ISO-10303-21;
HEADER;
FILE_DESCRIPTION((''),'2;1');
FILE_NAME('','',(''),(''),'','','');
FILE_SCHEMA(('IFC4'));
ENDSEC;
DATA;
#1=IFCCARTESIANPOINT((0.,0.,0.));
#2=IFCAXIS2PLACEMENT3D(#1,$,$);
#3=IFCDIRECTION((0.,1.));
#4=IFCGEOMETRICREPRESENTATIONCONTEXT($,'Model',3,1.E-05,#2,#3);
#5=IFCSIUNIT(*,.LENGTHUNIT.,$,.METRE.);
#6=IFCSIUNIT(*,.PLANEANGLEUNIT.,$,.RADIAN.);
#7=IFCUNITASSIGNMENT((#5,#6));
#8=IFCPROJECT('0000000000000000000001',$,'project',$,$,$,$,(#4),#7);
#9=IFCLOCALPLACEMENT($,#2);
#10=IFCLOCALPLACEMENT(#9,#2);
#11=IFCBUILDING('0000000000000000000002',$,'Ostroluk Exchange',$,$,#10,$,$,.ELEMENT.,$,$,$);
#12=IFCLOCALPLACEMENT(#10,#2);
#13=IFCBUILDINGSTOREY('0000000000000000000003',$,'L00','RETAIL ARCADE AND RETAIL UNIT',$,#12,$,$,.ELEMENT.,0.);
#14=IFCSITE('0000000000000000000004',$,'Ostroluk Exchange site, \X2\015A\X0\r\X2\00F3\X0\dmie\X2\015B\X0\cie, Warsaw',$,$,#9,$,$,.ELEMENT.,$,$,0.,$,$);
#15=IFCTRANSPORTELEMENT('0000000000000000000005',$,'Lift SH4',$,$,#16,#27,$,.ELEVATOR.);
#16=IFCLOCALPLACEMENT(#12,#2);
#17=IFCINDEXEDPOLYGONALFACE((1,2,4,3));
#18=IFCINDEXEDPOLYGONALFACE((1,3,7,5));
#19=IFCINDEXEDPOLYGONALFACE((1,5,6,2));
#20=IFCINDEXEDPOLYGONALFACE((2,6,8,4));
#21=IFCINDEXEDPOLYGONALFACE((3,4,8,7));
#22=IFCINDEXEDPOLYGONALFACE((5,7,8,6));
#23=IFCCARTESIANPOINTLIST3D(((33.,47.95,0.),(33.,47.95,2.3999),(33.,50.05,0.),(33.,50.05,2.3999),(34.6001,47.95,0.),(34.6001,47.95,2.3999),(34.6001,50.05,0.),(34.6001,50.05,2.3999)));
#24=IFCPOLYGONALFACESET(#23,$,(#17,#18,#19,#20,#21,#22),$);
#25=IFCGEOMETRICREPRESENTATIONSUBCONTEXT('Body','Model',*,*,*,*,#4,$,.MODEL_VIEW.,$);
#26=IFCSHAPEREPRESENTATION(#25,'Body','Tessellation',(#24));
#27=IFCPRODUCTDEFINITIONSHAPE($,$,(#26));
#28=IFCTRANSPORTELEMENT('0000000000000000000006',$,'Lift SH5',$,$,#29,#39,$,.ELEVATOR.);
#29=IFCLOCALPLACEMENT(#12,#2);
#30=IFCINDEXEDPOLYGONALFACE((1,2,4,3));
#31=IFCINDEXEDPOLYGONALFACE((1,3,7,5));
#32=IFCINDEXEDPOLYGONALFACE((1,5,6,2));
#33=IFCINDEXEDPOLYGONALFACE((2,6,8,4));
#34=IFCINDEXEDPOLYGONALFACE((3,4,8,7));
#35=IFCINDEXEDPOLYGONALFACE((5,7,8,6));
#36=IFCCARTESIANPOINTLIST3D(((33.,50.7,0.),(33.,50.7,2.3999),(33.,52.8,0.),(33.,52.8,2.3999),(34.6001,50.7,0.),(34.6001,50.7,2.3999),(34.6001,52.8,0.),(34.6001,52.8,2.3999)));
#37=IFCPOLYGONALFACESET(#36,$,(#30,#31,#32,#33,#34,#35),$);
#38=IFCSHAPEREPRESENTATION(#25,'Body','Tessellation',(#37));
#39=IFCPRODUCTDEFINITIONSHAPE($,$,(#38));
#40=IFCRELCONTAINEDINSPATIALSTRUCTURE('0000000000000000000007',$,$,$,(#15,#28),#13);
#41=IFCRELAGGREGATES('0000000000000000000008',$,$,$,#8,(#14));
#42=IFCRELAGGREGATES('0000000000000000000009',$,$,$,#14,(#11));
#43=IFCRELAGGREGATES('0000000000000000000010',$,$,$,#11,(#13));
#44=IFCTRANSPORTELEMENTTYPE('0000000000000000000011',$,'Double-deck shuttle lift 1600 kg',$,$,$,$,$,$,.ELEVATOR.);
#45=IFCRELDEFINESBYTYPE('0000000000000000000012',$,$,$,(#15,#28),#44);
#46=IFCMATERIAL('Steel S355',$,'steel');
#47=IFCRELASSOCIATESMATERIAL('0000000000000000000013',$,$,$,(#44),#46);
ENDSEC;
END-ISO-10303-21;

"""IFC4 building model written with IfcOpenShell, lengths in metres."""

from ifc_helpers import new_model, si_unit, direction, frame, origin, origin_2d, place, context, subcontext, project, spatial, rectangle, extrude, material, type_object, element, save


model = new_model("IFC4")

# Units and contexts
model_context = context("Model", 3, precision=1e-05, world=origin(), true_north=direction((0.0, 1.0)))
body_context = subcontext(model_context, "Body", "Model", "MODEL_VIEW")
ifc_project = project(units=[si_unit("LENGTHUNIT", "METRE"), si_unit("PLANEANGLEUNIT", "RADIAN")], contexts=[model_context])

# Site, building, storey
site_placement = place(None, origin())
site = spatial("IfcSite", under=ifc_project, at=site_placement, Name="Ostroluk Exchange site, Śródmieście, Warsaw", CompositionType="ELEMENT", RefElevation=0.0)
building_placement = place(site_placement, origin())
building = spatial("IfcBuilding", under=site, at=building_placement, Name="Ostroluk Exchange", CompositionType="ELEMENT")
storey_placement = place(building_placement, origin())
storey = spatial("IfcBuildingStorey", under=building, at=storey_placement, Name="L00", Description="RETAIL ARCADE AND RETAIL UNIT", CompositionType="ELEMENT", Elevation=0.0)

# Transport elements
ifc_material_1 = material(Name="Steel S355", Category="steel")
transport_element_type_1 = type_object("IfcTransportElementType", Name="Double-deck shuttle lift 1600 kg", PredefinedType="ELEVATOR", material=ifc_material_1)
for number, where, z_axis, x_axis, name in (
    (1, (33.8, 49.0, 0.0), (0.0, 0.0, 1.0), (1.0, 0.0, 0.0), "Lift SH4"),
    (2, (33.8, 51.75, 0.0), (0.0, 0.0, 1.0), (1.0, 0.0, 0.0), "Lift SH5"),
):
    element("IfcTransportElement", number, at=place(storey_placement, frame(where, z_axis=z_axis, x_axis=x_axis)), inside=storey, type_object=transport_element_type_1, Name=name, PredefinedType="ELEVATOR", context=body_context, shape_type="SweptSolid", body=[
        extrude(rectangle(XDim=1.6001, YDim=2.1001, at=origin_2d()), origin(), (0.0, 0.0, 1.0), 2.3999),
    ])

save(model, "model.ifc")
